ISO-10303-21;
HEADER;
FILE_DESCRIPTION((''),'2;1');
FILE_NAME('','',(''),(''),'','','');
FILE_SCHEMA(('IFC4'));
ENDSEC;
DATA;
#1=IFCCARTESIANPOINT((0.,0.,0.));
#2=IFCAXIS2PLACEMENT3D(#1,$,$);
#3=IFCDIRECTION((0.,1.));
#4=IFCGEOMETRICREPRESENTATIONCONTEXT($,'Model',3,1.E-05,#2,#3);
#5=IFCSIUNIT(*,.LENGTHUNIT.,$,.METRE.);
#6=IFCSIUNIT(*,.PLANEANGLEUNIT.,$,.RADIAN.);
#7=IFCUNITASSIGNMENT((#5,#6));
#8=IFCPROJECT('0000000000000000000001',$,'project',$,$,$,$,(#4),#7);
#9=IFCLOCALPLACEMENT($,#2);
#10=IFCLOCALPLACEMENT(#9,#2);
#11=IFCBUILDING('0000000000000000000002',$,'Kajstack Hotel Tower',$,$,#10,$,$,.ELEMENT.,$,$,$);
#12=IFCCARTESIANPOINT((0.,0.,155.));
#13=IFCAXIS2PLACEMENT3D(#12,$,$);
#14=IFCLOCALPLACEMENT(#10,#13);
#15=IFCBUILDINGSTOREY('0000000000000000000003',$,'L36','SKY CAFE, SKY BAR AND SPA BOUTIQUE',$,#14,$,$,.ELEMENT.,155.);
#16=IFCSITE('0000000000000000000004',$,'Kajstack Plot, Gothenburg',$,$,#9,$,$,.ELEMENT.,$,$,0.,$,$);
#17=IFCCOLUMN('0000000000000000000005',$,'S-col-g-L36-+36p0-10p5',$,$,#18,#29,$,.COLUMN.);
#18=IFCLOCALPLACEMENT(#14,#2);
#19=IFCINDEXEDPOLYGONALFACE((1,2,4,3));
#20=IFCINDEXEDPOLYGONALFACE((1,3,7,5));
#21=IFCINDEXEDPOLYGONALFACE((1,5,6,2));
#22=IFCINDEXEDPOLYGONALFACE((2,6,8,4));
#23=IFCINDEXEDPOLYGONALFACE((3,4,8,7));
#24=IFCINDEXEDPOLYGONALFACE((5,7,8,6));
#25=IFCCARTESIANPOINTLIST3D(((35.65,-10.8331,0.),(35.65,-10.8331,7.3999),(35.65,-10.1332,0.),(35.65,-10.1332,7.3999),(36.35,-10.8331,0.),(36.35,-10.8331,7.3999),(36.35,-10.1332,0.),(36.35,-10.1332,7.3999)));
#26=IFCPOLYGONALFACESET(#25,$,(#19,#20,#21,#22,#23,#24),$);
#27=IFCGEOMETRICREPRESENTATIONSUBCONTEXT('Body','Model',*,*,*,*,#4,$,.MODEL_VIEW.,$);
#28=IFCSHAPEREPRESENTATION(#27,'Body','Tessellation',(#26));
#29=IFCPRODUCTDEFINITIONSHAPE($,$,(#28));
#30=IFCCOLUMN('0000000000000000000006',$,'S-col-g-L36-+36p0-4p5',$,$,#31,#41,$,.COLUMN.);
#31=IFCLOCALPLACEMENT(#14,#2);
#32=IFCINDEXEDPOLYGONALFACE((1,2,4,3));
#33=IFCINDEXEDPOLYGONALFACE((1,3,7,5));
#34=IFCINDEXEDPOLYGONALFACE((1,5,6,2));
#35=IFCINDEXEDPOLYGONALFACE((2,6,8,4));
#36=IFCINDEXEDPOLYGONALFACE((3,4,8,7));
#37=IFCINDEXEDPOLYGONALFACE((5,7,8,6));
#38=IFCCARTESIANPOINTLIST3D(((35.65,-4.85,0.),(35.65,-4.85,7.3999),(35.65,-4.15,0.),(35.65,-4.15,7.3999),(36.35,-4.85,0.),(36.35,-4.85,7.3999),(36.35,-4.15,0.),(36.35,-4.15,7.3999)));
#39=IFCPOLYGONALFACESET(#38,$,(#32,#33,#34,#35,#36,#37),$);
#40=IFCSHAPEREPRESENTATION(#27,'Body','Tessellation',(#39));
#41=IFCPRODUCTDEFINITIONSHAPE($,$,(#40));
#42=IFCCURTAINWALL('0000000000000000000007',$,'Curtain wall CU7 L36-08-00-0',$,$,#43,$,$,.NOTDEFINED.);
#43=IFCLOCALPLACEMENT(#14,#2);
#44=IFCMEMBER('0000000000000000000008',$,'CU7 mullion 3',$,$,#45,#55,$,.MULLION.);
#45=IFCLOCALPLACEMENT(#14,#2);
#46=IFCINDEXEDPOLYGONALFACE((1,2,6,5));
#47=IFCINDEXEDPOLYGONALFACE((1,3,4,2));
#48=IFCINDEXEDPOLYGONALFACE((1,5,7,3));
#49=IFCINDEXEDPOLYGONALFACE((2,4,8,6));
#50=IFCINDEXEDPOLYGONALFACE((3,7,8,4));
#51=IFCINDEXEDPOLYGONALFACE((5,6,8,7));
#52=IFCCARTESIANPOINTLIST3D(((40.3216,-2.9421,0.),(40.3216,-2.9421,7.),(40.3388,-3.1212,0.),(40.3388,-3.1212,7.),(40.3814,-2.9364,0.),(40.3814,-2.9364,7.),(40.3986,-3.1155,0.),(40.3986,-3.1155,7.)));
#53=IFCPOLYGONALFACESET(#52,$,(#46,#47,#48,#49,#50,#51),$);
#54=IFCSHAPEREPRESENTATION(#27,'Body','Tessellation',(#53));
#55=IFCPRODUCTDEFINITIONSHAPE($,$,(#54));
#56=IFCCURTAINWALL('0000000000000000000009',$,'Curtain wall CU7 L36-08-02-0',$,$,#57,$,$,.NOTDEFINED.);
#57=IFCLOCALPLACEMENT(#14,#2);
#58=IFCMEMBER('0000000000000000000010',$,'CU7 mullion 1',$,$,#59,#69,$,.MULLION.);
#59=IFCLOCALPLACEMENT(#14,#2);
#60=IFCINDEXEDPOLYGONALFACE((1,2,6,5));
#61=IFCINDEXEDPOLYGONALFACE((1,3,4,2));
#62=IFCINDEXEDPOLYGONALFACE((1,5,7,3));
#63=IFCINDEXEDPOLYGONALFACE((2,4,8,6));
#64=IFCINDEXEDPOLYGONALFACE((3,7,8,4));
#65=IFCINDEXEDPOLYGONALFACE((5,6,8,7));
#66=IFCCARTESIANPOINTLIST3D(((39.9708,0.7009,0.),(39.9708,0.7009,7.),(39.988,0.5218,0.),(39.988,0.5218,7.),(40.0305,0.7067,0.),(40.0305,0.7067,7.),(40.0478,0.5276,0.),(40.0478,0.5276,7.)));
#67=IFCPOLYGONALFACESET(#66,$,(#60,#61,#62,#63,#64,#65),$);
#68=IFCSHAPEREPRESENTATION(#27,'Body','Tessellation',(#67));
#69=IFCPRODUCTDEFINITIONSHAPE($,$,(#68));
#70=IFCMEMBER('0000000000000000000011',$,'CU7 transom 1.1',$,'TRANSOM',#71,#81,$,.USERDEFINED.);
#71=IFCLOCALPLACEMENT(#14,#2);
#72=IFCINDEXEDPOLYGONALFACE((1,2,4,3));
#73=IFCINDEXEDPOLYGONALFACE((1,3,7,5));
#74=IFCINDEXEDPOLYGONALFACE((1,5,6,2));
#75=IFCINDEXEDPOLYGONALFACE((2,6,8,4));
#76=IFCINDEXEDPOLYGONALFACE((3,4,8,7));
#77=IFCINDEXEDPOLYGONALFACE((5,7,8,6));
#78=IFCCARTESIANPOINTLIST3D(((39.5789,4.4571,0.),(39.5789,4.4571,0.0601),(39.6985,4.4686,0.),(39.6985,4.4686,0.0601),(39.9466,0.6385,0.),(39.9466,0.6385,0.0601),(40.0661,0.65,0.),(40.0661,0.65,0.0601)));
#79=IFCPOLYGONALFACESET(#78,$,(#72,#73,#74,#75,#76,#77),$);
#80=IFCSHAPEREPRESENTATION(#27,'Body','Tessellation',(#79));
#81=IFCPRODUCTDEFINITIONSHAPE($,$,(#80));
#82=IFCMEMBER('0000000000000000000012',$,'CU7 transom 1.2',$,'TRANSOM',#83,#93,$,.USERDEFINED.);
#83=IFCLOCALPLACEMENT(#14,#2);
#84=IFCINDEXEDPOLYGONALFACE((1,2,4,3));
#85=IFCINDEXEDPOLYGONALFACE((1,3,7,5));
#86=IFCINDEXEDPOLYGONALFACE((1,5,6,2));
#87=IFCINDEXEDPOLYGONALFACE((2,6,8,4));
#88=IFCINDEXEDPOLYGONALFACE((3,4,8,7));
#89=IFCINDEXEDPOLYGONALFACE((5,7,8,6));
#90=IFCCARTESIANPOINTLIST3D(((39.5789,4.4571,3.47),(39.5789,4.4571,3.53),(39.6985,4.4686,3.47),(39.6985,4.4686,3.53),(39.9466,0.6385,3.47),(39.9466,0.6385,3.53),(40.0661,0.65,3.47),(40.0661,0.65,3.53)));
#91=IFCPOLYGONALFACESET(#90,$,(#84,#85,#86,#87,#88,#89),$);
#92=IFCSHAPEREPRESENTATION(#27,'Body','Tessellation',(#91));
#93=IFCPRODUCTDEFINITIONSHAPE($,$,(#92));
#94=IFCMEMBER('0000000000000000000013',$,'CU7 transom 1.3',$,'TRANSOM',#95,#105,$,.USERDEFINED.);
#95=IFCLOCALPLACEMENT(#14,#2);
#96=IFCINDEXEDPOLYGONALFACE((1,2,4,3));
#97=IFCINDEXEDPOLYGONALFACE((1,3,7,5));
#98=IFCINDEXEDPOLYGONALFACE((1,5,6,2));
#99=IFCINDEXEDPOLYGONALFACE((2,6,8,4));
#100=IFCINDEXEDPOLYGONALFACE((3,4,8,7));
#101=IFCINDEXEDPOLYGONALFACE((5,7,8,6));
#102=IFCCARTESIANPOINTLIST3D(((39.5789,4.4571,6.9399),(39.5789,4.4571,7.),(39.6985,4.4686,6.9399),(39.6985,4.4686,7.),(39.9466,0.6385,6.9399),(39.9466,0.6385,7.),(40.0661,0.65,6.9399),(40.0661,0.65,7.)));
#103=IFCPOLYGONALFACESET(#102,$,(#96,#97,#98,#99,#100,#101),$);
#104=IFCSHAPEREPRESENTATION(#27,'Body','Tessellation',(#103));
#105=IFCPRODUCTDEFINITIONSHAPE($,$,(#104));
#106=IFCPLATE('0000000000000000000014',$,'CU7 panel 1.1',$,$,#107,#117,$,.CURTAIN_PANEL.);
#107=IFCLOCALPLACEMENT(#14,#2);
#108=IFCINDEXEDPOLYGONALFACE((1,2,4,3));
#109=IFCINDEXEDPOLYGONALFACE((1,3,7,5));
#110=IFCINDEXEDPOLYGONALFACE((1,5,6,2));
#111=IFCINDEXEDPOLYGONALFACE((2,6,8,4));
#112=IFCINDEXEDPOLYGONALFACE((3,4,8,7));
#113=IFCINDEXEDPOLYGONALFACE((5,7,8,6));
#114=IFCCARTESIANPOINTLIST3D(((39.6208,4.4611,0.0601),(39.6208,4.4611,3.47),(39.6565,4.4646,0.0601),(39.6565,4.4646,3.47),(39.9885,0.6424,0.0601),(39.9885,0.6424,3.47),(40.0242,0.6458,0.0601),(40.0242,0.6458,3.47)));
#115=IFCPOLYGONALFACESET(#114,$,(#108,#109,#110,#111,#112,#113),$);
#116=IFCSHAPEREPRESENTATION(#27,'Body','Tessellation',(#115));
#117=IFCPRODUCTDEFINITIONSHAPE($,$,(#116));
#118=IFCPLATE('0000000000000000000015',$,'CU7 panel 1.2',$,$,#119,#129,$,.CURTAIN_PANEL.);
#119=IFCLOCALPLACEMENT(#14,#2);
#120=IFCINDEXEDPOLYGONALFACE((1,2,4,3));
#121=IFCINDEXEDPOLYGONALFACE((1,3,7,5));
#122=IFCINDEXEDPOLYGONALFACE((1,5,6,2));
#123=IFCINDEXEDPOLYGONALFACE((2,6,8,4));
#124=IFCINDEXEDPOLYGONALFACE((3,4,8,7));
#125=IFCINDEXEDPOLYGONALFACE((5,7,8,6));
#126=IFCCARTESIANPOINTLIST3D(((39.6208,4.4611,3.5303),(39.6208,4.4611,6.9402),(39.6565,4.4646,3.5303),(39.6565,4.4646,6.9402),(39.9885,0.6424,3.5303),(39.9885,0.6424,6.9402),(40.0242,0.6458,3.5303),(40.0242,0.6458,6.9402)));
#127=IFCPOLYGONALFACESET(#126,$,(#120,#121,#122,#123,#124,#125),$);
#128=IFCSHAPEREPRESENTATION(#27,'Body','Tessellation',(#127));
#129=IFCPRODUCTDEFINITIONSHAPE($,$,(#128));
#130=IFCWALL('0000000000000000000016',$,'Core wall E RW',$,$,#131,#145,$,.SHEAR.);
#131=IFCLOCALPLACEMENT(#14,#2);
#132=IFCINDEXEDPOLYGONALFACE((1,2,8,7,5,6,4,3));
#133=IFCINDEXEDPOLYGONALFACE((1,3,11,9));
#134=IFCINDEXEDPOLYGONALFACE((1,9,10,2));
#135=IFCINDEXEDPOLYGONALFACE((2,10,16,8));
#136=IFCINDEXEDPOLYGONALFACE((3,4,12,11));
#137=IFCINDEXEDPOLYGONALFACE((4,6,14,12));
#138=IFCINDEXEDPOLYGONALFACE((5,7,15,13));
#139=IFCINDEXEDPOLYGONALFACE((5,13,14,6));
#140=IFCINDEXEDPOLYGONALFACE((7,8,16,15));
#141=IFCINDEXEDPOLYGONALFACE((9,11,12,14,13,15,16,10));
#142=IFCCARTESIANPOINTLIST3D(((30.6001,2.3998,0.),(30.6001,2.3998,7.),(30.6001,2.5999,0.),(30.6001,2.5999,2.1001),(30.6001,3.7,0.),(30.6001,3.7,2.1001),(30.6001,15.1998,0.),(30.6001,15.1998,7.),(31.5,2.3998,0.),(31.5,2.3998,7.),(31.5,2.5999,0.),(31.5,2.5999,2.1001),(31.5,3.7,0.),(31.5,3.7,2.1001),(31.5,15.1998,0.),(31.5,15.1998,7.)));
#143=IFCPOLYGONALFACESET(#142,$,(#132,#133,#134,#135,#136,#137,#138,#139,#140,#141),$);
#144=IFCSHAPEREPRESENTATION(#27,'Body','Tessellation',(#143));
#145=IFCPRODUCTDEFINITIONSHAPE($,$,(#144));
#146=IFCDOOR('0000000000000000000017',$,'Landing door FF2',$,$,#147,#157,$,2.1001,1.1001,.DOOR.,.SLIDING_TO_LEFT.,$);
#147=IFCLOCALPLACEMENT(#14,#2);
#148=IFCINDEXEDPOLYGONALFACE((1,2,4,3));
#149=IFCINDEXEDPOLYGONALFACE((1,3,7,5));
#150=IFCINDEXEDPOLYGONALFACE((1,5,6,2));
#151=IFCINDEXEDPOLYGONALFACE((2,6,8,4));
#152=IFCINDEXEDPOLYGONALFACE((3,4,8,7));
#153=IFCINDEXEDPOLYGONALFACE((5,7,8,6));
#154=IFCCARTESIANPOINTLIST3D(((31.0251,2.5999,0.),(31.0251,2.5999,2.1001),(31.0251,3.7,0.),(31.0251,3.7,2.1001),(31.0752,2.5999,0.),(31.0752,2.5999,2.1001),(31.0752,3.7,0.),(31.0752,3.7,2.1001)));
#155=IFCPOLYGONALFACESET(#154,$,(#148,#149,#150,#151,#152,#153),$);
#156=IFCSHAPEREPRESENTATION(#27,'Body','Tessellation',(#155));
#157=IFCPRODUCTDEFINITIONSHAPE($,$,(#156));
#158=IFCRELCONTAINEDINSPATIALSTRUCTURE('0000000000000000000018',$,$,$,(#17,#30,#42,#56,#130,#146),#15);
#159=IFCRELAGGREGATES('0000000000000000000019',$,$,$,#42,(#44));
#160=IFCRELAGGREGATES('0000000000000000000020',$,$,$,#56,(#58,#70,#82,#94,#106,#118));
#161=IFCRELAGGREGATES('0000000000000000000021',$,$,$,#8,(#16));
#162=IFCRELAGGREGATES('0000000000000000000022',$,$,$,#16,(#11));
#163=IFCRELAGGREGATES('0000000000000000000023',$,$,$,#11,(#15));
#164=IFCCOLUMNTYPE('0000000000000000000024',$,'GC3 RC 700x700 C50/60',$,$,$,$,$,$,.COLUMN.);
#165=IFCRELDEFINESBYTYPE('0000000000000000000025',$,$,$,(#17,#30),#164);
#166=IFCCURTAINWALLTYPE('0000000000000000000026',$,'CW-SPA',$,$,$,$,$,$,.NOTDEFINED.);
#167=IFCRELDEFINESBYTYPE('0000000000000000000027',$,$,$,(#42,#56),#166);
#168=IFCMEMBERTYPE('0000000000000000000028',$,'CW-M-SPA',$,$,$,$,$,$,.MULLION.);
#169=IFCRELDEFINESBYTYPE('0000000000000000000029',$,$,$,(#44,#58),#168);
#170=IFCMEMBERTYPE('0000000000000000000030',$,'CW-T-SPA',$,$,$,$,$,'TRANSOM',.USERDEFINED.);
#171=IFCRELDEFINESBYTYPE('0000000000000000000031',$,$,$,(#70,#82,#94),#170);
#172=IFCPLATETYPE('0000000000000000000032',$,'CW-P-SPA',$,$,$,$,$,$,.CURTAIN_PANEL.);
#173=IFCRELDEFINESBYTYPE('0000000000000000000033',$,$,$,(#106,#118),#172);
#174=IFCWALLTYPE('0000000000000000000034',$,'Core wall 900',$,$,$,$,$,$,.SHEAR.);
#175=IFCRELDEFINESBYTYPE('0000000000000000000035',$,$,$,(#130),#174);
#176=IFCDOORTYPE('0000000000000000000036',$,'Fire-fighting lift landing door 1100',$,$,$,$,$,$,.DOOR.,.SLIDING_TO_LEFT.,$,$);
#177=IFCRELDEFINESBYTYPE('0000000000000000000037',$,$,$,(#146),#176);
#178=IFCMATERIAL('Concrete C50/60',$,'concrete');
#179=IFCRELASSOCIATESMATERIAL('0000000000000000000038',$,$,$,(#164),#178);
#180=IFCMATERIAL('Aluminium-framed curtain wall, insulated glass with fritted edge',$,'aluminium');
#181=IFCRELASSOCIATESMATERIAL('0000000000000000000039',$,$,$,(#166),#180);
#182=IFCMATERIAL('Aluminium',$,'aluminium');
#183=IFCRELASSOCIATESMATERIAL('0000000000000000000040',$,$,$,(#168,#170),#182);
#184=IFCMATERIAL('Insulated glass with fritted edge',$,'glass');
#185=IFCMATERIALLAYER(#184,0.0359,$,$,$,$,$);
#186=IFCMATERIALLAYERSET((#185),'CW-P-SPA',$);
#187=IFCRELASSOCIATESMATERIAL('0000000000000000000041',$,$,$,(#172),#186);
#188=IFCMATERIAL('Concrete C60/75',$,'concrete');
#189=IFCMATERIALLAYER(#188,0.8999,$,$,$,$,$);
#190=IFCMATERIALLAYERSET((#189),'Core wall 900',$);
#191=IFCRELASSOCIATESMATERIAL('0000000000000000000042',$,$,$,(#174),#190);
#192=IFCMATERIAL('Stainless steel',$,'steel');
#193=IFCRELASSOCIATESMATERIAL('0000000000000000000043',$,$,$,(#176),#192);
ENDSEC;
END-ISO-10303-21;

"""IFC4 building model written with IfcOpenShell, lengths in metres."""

from ifc_helpers import new_model, si_unit, direction, frame, frame_2d, origin, origin_2d, place, context, subcontext, project, spatial, rectangle, extrude, material, layer, layer_set, material_profile, profile_set, type_object, element, fill, aggregate, save


model = new_model("IFC4")

# Units and contexts
model_context = context("Model", 3, precision=1e-05, world=origin(), true_north=direction((0.0, 1.0)))
body_context = subcontext(model_context, "Body", "Model", "MODEL_VIEW")
ifc_project = project(units=[si_unit("LENGTHUNIT", "METRE"), si_unit("PLANEANGLEUNIT", "RADIAN")], contexts=[model_context])

# Site, building, storey
site_placement = place(None, origin())
site = spatial("IfcSite", under=ifc_project, at=site_placement, Name="Kajstack Plot, Gothenburg", CompositionType="ELEMENT", RefElevation=0.0)
building_placement = place(site_placement, origin())
building = spatial("IfcBuilding", under=site, at=building_placement, Name="Kajstack Hotel Tower", CompositionType="ELEMENT")
storey_placement = place(building_placement, frame((0.0, 0.0, 155.0)))
storey = spatial("IfcBuildingStorey", under=building, at=storey_placement, Name="L36", Description="SKY CAFE, SKY BAR AND SPA BOUTIQUE", CompositionType="ELEMENT", Elevation=155.0)

# Columns
ifc_material_1 = material(Name="Concrete C50/60", Category="concrete")
ifc_material_profile_1 = material_profile(ifc_material_1, rectangle(XDim=0.7, YDim=0.7, at=origin_2d()), Name="RC 700x700")
ifc_profile_set_1 = profile_set([ifc_material_profile_1], Name="Concrete C50/60")
column_type = type_object("IfcColumnType", Name="GC3 RC 700x700 C50/60", PredefinedType="COLUMN", material=ifc_profile_set_1)
for number, where, z_axis, x_axis, name in (
    (1, (36.0, -10.4832, 0.0), (0.0, 0.0, 1.0), (1.0, 0.0, 0.0), "S-col-g-L36-+36p0-10p5"),
    (2, (36.0, -4.5, 0.0), (0.0, 0.0, 1.0), (1.0, 0.0, 0.0), "S-col-g-L36-+36p0-4p5"),
):
    element("IfcColumn", number, at=place(storey_placement, frame(where, z_axis=z_axis, x_axis=x_axis)), inside=storey, type_object=column_type, Name=name, PredefinedType="COLUMN", context=body_context, shape_type="SweptSolid", body=[
        extrude(rectangle(XDim=0.7, YDim=0.7, at=origin_2d()), origin(), (0.0, 0.0, 1.0), 7.3999),
    ])

# Curtain wall, member
ifc_material_2 = material(Name="Aluminium-framed curtain wall, insulated glass with fritted edge", Category="aluminium")
curtain_wall_type = type_object("IfcCurtainWallType", Name="CW-SPA", PredefinedType="NOTDEFINED", material=ifc_material_2)
curtain_wall_1_placement = place(storey_placement, origin())
curtain_wall_1 = element("IfcCurtainWall", 3, at=curtain_wall_1_placement, inside=storey, type_object=curtain_wall_type, Name="Curtain wall CU7 L36-08-00-0", PredefinedType="NOTDEFINED")
ifc_material_3 = material(Name="Aluminium", Category="aluminium")
ifc_material_profile_2 = material_profile(ifc_material_3, rectangle(XDim=0.0601, YDim=0.1799, at=origin_2d()), Name="Aluminium mullion 60 x 180")
ifc_profile_set_2 = profile_set([ifc_material_profile_2], Name="Aluminium")
member_type_1 = type_object("IfcMemberType", Name="CW-M-SPA", PredefinedType="MULLION", material=ifc_profile_set_2)
member_1_placement = place(storey_placement, frame((40.3601, -3.0288, 0.0), z_axis=(0.0, 0.0, 1.0), x_axis=(-0.995396, -0.095844, 0.0)))
member_1 = element("IfcMember", 4, at=member_1_placement, type_object=member_type_1, Name="CU7 mullion 3", PredefinedType="MULLION", context=body_context, shape_type="SweptSolid", body=[
    extrude(rectangle(XDim=0.0601, YDim=0.1799, at=origin_2d()), origin(), (0.0, 0.0, 1.0), 7.0),
])
aggregate(curtain_wall_1, [member_1])

# Curtain wall, members, plates
curtain_wall_2_placement = place(storey_placement, origin())
curtain_wall_2 = element("IfcCurtainWall", 5, at=curtain_wall_2_placement, inside=storey, type_object=curtain_wall_type, Name="Curtain wall CU7 L36-08-02-0", PredefinedType="NOTDEFINED")
member_2_placement = place(storey_placement, frame((40.0093, 0.6143, 0.0), z_axis=(0.0, 0.0, 1.0), x_axis=(-0.995396, -0.095844, 0.0)))
member_2 = element("IfcMember", 6, at=member_2_placement, type_object=member_type_1, Name="CU7 mullion 1", PredefinedType="MULLION", context=body_context, shape_type="SweptSolid", body=[
    extrude(rectangle(XDim=0.0601, YDim=0.1799, at=origin_2d()), origin(), (0.0, 0.0, 1.0), 7.0),
])
ifc_material_profile_3 = material_profile(ifc_material_3, rectangle(XDim=0.1201, YDim=0.0601, at=origin_2d()), Name="Aluminium transom 120 x 60")
ifc_profile_set_3 = profile_set([ifc_material_profile_3], Name="Aluminium")
member_type_2 = type_object("IfcMemberType", Name="CW-T-SPA", ElementType="TRANSOM", PredefinedType="USERDEFINED", material=ifc_profile_set_3)
member_3_placement = place(storey_placement, frame((40.0063, 0.6443, 0.03), z_axis=(-0.095842, 0.995397, 0.0), x_axis=(-0.995397, -0.095842, 0.0)))
member_3 = element("IfcMember", 7, at=member_3_placement, type_object=member_type_2, Name="CU7 transom 1.1", ObjectType="TRANSOM", PredefinedType="USERDEFINED", context=body_context, shape_type="SweptSolid", body=[
    extrude(rectangle(XDim=0.1201, YDim=0.0601, at=origin_2d()), origin(), (0.0, 0.0, 1.0), 3.8362),
])
member_4_placement = place(storey_placement, frame((40.0063, 0.6443, 3.5), z_axis=(-0.095842, 0.995397, 0.0), x_axis=(-0.995397, -0.095842, 0.0)))
member_4 = element("IfcMember", 8, at=member_4_placement, type_object=member_type_2, Name="CU7 transom 1.2", ObjectType="TRANSOM", PredefinedType="USERDEFINED", context=body_context, shape_type="SweptSolid", body=[
    extrude(rectangle(XDim=0.1201, YDim=0.0601, at=origin_2d()), origin(), (0.0, 0.0, 1.0), 3.8362),
])
member_5_placement = place(storey_placement, frame((40.0063, 0.6443, 6.97), z_axis=(-0.095842, 0.995397, 0.0), x_axis=(-0.995397, -0.095842, 0.0)))
member_5 = element("IfcMember", 9, at=member_5_placement, type_object=member_type_2, Name="CU7 transom 1.3", ObjectType="TRANSOM", PredefinedType="USERDEFINED", context=body_context, shape_type="SweptSolid", body=[
    extrude(rectangle(XDim=0.1201, YDim=0.0601, at=origin_2d()), origin(), (0.0, 0.0, 1.0), 3.8362),
])
ifc_material_4 = material(Name="Insulated glass with fritted edge", Category="glass")
ifc_layer_1 = layer(ifc_material_4, 0.0359)
ifc_layer_set_1 = layer_set([ifc_layer_1], Name="CW-P-SPA")
plate_type = type_object("IfcPlateType", Name="CW-P-SPA", PredefinedType="CURTAIN_PANEL", material=ifc_layer_set_1)
plate_1_placement = place(storey_placement, frame((39.8225, 2.5535, 0.0601), z_axis=(0.0, 0.0, 1.0), x_axis=(-0.095844, 0.995396, 0.0)))
plate_1 = element("IfcPlate", 10, at=plate_1_placement, type_object=plate_type, Name="CU7 panel 1.1", PredefinedType="CURTAIN_PANEL", context=body_context, shape_type="SweptSolid", body=[
    extrude(rectangle(XDim=3.8364, YDim=0.0359, at=origin_2d()), origin(), (0.0, 0.0, 1.0), 3.4099),
])
plate_2_placement = place(storey_placement, frame((39.8225, 2.5535, 3.5303), z_axis=(0.0, 0.0, 1.0), x_axis=(-0.095844, 0.995396, 0.0)))
plate_2 = element("IfcPlate", 11, at=plate_2_placement, type_object=plate_type, Name="CU7 panel 1.2", PredefinedType="CURTAIN_PANEL", context=body_context, shape_type="SweptSolid", body=[
    extrude(rectangle(XDim=3.8364, YDim=0.0359, at=origin_2d()), origin(), (0.0, 0.0, 1.0), 3.4099),
])
aggregate(curtain_wall_2, [member_2, member_3, member_4, member_5, plate_1, plate_2])

# Wall, opening, door
ifc_material_5 = material(Name="Concrete C60/75", Category="concrete")
ifc_layer_2 = layer(ifc_material_5, 0.8999)
ifc_layer_set_2 = layer_set([ifc_layer_2], Name="Core wall 900")
wall_type_1 = type_object("IfcWallType", Name="Core wall 900", PredefinedType="SHEAR", material=ifc_layer_set_2)
wall_1_placement = place(storey_placement, frame((31.05, 2.3999, 0.0), z_axis=(0.0, 0.0, 1.0), x_axis=(0.0, 1.0, 0.0)))
wall_1 = element("IfcWall", 12, at=wall_1_placement, inside=storey, type_object=wall_type_1, Name="Core wall E RW", PredefinedType="SHEAR", context=body_context, shape_type="SweptSolid", body=[
    extrude(rectangle(XDim=12.8, YDim=0.8999, at=frame_2d((6.3999, 0.0))), origin(), (0.0, 0.0, 1.0), 7.0),
])
opening_1_placement = place(wall_1_placement, frame((0.2, 0.0, 0.0)))
opening_1 = element("IfcOpeningElement", 13, at=opening_1_placement, cuts=wall_1, PredefinedType="OPENING", context=body_context, shape_type="SweptSolid", body=[
    extrude(rectangle(XDim=1.1001, YDim=2.1001, at=frame_2d((0.55, 1.05))), frame((0.0, 0.46, 0.0), z_axis=(0.0, -1.0, 0.0), x_axis=(1.0, 0.0, 0.0)), (0.0, 0.0, 1.0), 0.9199),
])
ifc_material_6 = material(Name="Stainless steel", Category="steel")
door_type_1 = type_object("IfcDoorType", Name="Fire-fighting lift landing door 1100", OperationType="SLIDING_TO_LEFT", PredefinedType="DOOR", material=ifc_material_6)
door_1_placement = place(opening_1_placement, origin())
door_1 = element("IfcDoor", 14, at=door_1_placement, inside=storey, type_object=door_type_1, Name="Landing door FF2", OperationType="SLIDING_TO_LEFT", OverallHeight=2.1001, OverallWidth=1.1001, PredefinedType="DOOR", context=body_context, shape_type="SweptSolid", body=[
    extrude(rectangle(XDim=1.1001, YDim=2.1001, at=frame_2d((0.55, 1.05))), frame((0.0, 0.0249, 0.0), z_axis=(0.0, -1.0, 0.0), x_axis=(1.0, 0.0, 0.0)), (0.0, 0.0, 1.0), 0.05),
])
fill(opening_1, door_1)

save(model, "model.ifc")
